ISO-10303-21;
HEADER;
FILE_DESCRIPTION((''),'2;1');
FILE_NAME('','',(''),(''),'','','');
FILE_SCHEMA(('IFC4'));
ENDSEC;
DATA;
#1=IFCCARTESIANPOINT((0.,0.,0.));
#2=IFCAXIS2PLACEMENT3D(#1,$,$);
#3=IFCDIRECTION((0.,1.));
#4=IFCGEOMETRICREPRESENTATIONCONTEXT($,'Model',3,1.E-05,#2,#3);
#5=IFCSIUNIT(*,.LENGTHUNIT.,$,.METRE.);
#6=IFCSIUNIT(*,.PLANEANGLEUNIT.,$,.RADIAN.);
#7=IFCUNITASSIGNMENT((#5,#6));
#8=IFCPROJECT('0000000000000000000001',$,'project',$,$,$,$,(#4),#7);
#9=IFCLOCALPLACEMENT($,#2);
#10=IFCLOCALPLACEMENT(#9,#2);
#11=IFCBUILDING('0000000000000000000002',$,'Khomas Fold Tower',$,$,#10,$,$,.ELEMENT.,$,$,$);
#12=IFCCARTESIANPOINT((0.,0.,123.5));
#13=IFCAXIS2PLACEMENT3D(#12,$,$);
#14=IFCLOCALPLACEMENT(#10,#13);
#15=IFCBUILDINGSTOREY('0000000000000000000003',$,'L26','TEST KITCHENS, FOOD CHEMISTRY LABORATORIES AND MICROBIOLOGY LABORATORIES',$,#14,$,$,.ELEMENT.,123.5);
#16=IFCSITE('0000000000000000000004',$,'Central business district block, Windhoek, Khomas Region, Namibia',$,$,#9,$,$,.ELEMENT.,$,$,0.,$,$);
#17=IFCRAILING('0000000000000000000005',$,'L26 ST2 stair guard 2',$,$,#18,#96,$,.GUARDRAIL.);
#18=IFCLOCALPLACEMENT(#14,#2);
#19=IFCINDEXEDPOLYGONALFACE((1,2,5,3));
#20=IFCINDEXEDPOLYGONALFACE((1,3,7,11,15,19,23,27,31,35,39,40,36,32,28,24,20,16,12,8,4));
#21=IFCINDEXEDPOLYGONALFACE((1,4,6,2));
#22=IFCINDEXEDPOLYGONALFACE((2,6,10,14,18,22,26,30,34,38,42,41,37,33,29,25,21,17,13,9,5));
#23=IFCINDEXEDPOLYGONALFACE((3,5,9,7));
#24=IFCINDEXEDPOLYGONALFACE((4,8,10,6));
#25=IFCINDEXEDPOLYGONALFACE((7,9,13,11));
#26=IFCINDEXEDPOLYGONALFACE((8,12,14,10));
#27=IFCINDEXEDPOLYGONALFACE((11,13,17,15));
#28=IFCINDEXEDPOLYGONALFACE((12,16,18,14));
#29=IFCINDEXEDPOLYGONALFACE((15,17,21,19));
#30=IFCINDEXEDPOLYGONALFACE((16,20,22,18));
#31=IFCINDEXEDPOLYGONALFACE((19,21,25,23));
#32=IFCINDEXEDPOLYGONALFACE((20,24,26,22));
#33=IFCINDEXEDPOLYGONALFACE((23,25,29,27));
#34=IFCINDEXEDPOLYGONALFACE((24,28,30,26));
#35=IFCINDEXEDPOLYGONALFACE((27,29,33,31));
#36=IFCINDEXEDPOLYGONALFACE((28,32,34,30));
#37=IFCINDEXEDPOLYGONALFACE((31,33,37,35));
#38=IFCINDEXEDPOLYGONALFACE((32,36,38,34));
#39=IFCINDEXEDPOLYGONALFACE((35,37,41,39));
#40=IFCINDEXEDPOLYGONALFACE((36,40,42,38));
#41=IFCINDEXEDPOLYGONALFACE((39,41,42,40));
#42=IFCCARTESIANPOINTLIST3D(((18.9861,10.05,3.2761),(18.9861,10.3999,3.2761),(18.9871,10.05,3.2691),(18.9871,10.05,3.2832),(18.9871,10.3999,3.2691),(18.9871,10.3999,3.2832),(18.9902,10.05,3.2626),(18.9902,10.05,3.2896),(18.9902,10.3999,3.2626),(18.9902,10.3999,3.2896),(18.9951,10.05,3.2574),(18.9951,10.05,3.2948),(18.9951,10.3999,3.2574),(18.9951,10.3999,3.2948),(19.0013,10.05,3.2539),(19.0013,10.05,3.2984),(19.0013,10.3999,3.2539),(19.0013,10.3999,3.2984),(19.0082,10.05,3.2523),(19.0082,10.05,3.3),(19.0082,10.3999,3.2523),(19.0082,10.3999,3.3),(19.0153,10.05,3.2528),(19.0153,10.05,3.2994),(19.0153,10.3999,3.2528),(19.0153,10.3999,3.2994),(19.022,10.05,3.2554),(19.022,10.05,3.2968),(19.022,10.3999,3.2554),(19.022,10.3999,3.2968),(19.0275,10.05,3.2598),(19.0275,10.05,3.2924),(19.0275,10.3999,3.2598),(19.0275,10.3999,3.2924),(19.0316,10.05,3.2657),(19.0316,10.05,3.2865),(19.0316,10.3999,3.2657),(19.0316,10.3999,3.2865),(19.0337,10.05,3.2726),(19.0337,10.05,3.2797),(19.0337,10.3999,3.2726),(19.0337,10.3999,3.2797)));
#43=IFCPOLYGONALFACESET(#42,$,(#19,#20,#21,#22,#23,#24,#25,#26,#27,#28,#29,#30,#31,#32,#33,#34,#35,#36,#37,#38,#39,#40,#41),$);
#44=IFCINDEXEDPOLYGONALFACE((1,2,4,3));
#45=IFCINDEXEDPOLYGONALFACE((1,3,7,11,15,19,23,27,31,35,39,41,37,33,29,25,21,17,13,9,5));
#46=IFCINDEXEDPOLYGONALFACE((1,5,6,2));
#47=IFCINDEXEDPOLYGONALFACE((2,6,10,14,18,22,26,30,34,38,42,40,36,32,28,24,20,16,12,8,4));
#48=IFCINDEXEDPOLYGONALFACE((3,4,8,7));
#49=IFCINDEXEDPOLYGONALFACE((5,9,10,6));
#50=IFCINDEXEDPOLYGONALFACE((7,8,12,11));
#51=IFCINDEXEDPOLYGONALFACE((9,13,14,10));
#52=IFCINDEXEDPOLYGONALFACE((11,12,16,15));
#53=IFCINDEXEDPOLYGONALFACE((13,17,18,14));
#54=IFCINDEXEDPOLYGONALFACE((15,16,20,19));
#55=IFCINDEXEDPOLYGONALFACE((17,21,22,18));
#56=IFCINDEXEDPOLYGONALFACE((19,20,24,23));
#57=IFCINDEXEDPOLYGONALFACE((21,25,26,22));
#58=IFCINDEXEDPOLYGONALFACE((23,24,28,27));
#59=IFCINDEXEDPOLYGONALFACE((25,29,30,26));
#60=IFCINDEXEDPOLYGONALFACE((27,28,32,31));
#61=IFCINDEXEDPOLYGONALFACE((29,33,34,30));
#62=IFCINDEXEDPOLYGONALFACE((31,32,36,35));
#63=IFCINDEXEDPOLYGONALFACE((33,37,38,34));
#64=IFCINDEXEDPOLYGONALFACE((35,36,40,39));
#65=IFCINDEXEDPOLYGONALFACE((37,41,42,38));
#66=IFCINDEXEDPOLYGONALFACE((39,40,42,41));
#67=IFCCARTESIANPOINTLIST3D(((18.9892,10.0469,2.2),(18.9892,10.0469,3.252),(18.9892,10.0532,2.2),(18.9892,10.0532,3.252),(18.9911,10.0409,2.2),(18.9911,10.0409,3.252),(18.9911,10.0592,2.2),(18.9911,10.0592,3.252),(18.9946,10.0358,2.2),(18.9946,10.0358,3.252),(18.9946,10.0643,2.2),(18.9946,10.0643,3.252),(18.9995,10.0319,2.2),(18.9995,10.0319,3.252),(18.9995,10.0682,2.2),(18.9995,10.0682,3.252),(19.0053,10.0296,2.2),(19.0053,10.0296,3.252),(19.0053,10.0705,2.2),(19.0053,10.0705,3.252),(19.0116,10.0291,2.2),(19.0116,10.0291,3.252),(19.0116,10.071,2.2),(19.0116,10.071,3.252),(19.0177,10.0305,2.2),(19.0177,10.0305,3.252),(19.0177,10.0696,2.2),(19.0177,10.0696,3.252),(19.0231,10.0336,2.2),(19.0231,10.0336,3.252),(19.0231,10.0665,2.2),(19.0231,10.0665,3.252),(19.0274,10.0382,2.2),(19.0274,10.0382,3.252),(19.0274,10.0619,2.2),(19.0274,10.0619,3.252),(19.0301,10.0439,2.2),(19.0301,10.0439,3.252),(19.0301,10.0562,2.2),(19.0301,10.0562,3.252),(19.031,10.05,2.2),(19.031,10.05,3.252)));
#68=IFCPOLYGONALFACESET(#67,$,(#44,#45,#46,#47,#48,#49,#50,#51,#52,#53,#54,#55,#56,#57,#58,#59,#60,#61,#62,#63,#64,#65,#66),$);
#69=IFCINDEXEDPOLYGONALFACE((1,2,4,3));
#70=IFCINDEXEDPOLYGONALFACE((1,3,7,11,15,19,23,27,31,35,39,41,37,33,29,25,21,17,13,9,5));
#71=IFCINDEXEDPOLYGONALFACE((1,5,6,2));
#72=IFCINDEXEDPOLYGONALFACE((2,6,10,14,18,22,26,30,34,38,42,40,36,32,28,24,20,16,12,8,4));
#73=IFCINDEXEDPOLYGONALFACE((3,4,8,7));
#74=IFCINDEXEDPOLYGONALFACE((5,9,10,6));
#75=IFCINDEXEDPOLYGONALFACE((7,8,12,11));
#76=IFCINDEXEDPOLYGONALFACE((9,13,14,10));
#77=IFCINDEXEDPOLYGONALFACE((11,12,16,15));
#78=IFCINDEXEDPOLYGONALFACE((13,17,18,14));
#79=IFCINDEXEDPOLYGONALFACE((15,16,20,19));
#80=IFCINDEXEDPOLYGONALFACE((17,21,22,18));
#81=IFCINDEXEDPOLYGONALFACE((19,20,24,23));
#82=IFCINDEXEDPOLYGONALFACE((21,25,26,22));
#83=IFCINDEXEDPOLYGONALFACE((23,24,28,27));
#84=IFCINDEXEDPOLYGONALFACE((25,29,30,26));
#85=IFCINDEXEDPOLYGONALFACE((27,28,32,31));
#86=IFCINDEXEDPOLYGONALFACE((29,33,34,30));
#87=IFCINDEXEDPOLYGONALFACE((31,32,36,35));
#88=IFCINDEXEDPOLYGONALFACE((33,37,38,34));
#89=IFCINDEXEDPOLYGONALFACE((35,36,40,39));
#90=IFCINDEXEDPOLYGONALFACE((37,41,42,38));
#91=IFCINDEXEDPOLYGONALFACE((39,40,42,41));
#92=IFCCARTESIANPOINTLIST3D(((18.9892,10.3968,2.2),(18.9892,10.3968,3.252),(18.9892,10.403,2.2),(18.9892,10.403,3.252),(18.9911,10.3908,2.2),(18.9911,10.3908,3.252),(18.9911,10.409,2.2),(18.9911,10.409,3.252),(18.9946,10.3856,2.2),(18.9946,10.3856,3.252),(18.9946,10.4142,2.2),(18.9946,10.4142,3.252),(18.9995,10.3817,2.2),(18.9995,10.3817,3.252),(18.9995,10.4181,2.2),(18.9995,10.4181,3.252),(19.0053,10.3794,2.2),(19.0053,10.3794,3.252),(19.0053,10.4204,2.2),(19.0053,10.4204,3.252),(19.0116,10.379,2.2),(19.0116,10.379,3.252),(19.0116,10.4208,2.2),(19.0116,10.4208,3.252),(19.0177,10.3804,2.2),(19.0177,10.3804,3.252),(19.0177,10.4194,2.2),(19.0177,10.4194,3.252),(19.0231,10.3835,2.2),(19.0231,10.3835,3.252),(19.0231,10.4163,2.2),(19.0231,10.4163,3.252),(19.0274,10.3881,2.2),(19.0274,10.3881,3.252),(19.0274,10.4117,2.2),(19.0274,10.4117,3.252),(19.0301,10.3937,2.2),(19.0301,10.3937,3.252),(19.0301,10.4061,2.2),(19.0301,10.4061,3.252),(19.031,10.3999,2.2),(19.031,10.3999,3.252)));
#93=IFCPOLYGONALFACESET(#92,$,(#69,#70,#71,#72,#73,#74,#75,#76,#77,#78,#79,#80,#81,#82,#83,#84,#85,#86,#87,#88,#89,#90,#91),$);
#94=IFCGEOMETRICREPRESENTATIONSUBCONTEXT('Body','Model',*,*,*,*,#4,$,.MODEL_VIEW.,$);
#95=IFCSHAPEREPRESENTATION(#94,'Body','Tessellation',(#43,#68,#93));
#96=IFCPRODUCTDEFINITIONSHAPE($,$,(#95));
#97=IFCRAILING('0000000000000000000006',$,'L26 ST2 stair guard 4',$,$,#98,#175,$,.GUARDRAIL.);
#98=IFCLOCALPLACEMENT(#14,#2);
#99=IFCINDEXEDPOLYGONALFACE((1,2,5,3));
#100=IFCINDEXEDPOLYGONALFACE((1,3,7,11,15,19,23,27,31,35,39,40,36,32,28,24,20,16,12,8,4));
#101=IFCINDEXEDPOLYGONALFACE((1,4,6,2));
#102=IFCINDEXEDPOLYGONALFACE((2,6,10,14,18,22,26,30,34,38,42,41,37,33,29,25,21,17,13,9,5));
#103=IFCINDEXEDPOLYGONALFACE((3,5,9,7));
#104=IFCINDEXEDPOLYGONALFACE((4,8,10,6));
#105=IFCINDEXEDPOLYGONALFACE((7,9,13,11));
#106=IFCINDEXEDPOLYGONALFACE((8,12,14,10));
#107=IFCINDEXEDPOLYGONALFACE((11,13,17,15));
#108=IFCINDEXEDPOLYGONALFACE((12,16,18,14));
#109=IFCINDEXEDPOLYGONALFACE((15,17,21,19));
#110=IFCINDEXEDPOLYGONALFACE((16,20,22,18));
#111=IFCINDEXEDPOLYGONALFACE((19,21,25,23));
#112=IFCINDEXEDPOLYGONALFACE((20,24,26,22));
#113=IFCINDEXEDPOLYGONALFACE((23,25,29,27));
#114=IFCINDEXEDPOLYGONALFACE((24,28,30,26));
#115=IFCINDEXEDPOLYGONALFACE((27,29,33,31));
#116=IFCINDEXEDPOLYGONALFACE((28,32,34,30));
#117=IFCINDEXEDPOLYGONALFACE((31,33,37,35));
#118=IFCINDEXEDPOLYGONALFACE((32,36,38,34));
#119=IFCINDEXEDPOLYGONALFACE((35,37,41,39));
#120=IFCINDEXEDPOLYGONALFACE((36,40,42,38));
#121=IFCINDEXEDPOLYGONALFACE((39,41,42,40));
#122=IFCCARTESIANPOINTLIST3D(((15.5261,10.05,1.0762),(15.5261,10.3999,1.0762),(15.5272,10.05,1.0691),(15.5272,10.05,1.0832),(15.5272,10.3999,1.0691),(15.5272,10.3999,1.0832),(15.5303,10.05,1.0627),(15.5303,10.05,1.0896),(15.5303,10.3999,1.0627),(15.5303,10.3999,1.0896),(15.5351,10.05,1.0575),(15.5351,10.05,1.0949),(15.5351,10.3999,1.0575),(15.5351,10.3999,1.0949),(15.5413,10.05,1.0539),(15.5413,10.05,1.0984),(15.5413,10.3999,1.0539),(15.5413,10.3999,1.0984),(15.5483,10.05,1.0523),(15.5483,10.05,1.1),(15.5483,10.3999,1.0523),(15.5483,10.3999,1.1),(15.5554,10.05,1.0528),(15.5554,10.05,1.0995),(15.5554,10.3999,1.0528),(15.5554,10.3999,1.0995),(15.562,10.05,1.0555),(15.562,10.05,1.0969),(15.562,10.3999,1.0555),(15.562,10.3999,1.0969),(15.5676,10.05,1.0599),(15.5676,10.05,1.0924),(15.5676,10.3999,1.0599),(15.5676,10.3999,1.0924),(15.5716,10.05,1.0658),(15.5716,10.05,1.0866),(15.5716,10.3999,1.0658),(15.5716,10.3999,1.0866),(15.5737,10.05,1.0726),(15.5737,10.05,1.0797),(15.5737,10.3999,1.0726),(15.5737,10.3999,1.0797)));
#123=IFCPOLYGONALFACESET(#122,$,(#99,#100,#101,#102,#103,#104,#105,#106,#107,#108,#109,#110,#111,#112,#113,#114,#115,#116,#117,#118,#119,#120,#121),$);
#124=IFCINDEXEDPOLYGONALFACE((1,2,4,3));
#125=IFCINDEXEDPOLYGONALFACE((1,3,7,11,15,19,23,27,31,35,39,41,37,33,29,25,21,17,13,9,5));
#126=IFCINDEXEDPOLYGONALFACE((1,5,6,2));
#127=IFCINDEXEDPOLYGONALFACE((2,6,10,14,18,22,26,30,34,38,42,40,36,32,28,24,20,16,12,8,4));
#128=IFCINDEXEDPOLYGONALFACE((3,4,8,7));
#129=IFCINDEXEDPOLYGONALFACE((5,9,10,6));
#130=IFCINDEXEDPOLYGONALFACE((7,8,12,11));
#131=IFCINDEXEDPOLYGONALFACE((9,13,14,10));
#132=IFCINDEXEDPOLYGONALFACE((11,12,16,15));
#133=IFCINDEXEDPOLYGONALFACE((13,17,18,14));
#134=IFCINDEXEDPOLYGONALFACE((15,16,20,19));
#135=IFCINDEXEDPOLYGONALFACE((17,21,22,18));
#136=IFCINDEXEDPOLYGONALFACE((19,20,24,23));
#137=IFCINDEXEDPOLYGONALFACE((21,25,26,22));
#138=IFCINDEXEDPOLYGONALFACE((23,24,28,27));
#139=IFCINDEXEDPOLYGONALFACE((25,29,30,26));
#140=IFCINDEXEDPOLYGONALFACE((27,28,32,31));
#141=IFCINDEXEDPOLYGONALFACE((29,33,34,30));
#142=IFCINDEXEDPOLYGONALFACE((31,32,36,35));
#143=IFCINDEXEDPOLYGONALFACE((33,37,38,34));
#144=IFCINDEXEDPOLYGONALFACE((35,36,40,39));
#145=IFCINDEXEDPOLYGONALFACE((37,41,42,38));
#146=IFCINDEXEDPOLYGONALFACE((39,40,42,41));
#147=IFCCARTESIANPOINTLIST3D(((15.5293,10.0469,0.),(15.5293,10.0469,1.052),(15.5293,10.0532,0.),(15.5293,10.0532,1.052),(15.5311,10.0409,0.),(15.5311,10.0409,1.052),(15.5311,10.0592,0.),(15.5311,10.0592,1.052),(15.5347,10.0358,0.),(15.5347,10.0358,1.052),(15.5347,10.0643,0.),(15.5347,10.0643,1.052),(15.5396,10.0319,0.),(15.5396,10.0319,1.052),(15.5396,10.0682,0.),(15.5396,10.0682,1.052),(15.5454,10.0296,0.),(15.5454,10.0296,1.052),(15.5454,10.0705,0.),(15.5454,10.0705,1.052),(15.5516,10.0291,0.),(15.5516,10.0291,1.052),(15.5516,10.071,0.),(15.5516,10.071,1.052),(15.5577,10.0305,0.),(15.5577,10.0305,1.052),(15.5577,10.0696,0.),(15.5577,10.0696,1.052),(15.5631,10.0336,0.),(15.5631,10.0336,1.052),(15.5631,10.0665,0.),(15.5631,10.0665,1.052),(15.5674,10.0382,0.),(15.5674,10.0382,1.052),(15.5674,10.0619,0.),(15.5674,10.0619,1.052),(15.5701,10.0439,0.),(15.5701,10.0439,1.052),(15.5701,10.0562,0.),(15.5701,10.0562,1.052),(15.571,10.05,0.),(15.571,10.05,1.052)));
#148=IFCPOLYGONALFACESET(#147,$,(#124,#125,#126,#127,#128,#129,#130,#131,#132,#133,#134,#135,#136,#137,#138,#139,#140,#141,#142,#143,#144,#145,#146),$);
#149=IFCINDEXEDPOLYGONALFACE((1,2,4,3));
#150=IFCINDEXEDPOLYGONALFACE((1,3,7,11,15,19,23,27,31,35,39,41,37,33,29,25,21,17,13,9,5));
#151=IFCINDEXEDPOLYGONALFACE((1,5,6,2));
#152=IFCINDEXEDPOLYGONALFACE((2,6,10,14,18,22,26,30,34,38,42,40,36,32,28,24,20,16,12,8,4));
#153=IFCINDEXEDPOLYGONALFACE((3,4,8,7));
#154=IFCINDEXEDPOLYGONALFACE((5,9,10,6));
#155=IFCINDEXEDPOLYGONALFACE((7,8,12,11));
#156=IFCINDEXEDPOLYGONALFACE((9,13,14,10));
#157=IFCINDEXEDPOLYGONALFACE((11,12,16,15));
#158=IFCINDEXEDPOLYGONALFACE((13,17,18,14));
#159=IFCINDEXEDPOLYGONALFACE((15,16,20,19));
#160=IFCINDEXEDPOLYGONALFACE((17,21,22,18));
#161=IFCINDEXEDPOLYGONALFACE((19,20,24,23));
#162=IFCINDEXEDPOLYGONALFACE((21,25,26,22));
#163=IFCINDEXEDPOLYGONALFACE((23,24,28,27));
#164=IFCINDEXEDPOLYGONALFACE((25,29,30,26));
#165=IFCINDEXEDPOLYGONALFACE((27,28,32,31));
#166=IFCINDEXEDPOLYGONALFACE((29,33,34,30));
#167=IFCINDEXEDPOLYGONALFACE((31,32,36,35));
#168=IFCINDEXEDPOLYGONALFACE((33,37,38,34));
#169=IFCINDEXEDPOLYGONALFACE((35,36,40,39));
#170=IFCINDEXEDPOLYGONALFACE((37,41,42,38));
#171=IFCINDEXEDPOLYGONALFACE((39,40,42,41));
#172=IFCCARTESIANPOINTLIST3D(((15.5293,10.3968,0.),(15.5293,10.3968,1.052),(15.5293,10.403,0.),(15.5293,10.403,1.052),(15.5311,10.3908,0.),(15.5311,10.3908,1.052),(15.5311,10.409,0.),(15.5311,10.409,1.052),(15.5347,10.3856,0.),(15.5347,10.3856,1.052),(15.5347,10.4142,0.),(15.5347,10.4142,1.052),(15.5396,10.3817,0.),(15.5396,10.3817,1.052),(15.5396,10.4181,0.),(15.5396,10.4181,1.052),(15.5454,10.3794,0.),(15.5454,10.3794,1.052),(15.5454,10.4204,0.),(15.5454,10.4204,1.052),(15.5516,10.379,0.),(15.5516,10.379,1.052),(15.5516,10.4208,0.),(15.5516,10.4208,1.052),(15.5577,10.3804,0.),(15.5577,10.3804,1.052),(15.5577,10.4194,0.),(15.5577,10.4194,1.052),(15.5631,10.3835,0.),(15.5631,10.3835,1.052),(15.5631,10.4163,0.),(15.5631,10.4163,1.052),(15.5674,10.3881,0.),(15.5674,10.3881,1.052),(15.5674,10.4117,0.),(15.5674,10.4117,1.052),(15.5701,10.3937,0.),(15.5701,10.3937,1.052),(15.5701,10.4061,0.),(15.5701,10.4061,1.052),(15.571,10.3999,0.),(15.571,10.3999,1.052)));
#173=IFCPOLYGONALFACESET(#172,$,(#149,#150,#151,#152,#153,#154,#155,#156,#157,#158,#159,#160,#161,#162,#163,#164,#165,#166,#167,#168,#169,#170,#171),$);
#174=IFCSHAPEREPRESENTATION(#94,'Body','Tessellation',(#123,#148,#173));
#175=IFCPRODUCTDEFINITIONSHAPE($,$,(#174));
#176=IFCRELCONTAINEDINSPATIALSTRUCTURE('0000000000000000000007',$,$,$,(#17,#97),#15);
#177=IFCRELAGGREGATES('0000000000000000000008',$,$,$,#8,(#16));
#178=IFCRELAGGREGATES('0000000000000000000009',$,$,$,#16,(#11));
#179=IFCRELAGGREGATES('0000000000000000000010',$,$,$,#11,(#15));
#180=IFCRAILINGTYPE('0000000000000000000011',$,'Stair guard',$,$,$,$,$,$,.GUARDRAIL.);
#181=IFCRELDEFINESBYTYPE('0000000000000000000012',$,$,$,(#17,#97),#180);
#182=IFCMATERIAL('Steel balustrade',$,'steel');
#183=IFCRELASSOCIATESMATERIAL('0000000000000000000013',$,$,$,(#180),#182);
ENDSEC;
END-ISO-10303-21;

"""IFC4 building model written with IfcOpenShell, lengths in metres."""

from ifc_helpers import new_model, si_unit, direction, frame, origin, origin_2d, place, context, subcontext, project, spatial, circle, extrude, source, transform, mapped, material, type_object, element, save


model = new_model("IFC4")

# Units and contexts
model_context = context("Model", 3, precision=1e-05, world=origin(), true_north=direction((0.0, 1.0)))
body_context = subcontext(model_context, "Body", "Model", "MODEL_VIEW")
ifc_project = project(units=[si_unit("LENGTHUNIT", "METRE"), si_unit("PLANEANGLEUNIT", "RADIAN")], contexts=[model_context])

# Site, building, storey
site_placement = place(None, origin())
site = spatial("IfcSite", under=ifc_project, at=site_placement, Name="Central business district block, Windhoek, Khomas Region, Namibia", CompositionType="ELEMENT", RefElevation=0.0)
building_placement = place(site_placement, origin())
building = spatial("IfcBuilding", under=site, at=building_placement, Name="Khomas Fold Tower", CompositionType="ELEMENT")
storey_placement = place(building_placement, frame((0.0, 0.0, 123.5)))
storey = spatial("IfcBuildingStorey", under=building, at=storey_placement, Name="L26", Description="TEST KITCHENS, FOOD CHEMISTRY LABORATORIES AND MICROBIOLOGY LABORATORIES", CompositionType="ELEMENT", Elevation=123.5)

# Railings
ifc_material_1 = material(Name="Steel balustrade", Category="steel")
railing_type_1 = type_object("IfcRailingType", Name="Stair guard", PredefinedType="GUARDRAIL", material=ifc_material_1)
shared_shape_1 = source(origin(), body_context, "Body", "SweptSolid", [
    extrude(circle(Radius=0.0239, at=origin_2d()), frame((0.0, 0.0, 1.0762), z_axis=(0.0, 1.0, 0.0), x_axis=(-1.0, 0.0, 0.0)), (0.0, 0.0, 1.0), 0.3499),
    extrude(circle(Radius=0.021, at=origin_2d()), origin(), (0.0, 0.0, 1.0), 1.052),
    extrude(circle(Radius=0.021, at=origin_2d()), frame((0.0, 0.3499, 0.0)), (0.0, 0.0, 1.0), 1.052),
])
for number, where, name in (
    (1, (19.01, 10.05, 2.2), "L26 ST2 stair guard 2"),
    (2, (15.55, 10.05, 0.0), "L26 ST2 stair guard 4"),
):
    element("IfcRailing", number, at=place(storey_placement, frame(where)), inside=storey, type_object=railing_type_1, Name=name, PredefinedType="GUARDRAIL", context=body_context, shape_type="MappedRepresentation", body=[
        mapped(shared_shape_1, transform((0.0, 0.0, 0.0))),
    ])

save(model, "model.ifc")
